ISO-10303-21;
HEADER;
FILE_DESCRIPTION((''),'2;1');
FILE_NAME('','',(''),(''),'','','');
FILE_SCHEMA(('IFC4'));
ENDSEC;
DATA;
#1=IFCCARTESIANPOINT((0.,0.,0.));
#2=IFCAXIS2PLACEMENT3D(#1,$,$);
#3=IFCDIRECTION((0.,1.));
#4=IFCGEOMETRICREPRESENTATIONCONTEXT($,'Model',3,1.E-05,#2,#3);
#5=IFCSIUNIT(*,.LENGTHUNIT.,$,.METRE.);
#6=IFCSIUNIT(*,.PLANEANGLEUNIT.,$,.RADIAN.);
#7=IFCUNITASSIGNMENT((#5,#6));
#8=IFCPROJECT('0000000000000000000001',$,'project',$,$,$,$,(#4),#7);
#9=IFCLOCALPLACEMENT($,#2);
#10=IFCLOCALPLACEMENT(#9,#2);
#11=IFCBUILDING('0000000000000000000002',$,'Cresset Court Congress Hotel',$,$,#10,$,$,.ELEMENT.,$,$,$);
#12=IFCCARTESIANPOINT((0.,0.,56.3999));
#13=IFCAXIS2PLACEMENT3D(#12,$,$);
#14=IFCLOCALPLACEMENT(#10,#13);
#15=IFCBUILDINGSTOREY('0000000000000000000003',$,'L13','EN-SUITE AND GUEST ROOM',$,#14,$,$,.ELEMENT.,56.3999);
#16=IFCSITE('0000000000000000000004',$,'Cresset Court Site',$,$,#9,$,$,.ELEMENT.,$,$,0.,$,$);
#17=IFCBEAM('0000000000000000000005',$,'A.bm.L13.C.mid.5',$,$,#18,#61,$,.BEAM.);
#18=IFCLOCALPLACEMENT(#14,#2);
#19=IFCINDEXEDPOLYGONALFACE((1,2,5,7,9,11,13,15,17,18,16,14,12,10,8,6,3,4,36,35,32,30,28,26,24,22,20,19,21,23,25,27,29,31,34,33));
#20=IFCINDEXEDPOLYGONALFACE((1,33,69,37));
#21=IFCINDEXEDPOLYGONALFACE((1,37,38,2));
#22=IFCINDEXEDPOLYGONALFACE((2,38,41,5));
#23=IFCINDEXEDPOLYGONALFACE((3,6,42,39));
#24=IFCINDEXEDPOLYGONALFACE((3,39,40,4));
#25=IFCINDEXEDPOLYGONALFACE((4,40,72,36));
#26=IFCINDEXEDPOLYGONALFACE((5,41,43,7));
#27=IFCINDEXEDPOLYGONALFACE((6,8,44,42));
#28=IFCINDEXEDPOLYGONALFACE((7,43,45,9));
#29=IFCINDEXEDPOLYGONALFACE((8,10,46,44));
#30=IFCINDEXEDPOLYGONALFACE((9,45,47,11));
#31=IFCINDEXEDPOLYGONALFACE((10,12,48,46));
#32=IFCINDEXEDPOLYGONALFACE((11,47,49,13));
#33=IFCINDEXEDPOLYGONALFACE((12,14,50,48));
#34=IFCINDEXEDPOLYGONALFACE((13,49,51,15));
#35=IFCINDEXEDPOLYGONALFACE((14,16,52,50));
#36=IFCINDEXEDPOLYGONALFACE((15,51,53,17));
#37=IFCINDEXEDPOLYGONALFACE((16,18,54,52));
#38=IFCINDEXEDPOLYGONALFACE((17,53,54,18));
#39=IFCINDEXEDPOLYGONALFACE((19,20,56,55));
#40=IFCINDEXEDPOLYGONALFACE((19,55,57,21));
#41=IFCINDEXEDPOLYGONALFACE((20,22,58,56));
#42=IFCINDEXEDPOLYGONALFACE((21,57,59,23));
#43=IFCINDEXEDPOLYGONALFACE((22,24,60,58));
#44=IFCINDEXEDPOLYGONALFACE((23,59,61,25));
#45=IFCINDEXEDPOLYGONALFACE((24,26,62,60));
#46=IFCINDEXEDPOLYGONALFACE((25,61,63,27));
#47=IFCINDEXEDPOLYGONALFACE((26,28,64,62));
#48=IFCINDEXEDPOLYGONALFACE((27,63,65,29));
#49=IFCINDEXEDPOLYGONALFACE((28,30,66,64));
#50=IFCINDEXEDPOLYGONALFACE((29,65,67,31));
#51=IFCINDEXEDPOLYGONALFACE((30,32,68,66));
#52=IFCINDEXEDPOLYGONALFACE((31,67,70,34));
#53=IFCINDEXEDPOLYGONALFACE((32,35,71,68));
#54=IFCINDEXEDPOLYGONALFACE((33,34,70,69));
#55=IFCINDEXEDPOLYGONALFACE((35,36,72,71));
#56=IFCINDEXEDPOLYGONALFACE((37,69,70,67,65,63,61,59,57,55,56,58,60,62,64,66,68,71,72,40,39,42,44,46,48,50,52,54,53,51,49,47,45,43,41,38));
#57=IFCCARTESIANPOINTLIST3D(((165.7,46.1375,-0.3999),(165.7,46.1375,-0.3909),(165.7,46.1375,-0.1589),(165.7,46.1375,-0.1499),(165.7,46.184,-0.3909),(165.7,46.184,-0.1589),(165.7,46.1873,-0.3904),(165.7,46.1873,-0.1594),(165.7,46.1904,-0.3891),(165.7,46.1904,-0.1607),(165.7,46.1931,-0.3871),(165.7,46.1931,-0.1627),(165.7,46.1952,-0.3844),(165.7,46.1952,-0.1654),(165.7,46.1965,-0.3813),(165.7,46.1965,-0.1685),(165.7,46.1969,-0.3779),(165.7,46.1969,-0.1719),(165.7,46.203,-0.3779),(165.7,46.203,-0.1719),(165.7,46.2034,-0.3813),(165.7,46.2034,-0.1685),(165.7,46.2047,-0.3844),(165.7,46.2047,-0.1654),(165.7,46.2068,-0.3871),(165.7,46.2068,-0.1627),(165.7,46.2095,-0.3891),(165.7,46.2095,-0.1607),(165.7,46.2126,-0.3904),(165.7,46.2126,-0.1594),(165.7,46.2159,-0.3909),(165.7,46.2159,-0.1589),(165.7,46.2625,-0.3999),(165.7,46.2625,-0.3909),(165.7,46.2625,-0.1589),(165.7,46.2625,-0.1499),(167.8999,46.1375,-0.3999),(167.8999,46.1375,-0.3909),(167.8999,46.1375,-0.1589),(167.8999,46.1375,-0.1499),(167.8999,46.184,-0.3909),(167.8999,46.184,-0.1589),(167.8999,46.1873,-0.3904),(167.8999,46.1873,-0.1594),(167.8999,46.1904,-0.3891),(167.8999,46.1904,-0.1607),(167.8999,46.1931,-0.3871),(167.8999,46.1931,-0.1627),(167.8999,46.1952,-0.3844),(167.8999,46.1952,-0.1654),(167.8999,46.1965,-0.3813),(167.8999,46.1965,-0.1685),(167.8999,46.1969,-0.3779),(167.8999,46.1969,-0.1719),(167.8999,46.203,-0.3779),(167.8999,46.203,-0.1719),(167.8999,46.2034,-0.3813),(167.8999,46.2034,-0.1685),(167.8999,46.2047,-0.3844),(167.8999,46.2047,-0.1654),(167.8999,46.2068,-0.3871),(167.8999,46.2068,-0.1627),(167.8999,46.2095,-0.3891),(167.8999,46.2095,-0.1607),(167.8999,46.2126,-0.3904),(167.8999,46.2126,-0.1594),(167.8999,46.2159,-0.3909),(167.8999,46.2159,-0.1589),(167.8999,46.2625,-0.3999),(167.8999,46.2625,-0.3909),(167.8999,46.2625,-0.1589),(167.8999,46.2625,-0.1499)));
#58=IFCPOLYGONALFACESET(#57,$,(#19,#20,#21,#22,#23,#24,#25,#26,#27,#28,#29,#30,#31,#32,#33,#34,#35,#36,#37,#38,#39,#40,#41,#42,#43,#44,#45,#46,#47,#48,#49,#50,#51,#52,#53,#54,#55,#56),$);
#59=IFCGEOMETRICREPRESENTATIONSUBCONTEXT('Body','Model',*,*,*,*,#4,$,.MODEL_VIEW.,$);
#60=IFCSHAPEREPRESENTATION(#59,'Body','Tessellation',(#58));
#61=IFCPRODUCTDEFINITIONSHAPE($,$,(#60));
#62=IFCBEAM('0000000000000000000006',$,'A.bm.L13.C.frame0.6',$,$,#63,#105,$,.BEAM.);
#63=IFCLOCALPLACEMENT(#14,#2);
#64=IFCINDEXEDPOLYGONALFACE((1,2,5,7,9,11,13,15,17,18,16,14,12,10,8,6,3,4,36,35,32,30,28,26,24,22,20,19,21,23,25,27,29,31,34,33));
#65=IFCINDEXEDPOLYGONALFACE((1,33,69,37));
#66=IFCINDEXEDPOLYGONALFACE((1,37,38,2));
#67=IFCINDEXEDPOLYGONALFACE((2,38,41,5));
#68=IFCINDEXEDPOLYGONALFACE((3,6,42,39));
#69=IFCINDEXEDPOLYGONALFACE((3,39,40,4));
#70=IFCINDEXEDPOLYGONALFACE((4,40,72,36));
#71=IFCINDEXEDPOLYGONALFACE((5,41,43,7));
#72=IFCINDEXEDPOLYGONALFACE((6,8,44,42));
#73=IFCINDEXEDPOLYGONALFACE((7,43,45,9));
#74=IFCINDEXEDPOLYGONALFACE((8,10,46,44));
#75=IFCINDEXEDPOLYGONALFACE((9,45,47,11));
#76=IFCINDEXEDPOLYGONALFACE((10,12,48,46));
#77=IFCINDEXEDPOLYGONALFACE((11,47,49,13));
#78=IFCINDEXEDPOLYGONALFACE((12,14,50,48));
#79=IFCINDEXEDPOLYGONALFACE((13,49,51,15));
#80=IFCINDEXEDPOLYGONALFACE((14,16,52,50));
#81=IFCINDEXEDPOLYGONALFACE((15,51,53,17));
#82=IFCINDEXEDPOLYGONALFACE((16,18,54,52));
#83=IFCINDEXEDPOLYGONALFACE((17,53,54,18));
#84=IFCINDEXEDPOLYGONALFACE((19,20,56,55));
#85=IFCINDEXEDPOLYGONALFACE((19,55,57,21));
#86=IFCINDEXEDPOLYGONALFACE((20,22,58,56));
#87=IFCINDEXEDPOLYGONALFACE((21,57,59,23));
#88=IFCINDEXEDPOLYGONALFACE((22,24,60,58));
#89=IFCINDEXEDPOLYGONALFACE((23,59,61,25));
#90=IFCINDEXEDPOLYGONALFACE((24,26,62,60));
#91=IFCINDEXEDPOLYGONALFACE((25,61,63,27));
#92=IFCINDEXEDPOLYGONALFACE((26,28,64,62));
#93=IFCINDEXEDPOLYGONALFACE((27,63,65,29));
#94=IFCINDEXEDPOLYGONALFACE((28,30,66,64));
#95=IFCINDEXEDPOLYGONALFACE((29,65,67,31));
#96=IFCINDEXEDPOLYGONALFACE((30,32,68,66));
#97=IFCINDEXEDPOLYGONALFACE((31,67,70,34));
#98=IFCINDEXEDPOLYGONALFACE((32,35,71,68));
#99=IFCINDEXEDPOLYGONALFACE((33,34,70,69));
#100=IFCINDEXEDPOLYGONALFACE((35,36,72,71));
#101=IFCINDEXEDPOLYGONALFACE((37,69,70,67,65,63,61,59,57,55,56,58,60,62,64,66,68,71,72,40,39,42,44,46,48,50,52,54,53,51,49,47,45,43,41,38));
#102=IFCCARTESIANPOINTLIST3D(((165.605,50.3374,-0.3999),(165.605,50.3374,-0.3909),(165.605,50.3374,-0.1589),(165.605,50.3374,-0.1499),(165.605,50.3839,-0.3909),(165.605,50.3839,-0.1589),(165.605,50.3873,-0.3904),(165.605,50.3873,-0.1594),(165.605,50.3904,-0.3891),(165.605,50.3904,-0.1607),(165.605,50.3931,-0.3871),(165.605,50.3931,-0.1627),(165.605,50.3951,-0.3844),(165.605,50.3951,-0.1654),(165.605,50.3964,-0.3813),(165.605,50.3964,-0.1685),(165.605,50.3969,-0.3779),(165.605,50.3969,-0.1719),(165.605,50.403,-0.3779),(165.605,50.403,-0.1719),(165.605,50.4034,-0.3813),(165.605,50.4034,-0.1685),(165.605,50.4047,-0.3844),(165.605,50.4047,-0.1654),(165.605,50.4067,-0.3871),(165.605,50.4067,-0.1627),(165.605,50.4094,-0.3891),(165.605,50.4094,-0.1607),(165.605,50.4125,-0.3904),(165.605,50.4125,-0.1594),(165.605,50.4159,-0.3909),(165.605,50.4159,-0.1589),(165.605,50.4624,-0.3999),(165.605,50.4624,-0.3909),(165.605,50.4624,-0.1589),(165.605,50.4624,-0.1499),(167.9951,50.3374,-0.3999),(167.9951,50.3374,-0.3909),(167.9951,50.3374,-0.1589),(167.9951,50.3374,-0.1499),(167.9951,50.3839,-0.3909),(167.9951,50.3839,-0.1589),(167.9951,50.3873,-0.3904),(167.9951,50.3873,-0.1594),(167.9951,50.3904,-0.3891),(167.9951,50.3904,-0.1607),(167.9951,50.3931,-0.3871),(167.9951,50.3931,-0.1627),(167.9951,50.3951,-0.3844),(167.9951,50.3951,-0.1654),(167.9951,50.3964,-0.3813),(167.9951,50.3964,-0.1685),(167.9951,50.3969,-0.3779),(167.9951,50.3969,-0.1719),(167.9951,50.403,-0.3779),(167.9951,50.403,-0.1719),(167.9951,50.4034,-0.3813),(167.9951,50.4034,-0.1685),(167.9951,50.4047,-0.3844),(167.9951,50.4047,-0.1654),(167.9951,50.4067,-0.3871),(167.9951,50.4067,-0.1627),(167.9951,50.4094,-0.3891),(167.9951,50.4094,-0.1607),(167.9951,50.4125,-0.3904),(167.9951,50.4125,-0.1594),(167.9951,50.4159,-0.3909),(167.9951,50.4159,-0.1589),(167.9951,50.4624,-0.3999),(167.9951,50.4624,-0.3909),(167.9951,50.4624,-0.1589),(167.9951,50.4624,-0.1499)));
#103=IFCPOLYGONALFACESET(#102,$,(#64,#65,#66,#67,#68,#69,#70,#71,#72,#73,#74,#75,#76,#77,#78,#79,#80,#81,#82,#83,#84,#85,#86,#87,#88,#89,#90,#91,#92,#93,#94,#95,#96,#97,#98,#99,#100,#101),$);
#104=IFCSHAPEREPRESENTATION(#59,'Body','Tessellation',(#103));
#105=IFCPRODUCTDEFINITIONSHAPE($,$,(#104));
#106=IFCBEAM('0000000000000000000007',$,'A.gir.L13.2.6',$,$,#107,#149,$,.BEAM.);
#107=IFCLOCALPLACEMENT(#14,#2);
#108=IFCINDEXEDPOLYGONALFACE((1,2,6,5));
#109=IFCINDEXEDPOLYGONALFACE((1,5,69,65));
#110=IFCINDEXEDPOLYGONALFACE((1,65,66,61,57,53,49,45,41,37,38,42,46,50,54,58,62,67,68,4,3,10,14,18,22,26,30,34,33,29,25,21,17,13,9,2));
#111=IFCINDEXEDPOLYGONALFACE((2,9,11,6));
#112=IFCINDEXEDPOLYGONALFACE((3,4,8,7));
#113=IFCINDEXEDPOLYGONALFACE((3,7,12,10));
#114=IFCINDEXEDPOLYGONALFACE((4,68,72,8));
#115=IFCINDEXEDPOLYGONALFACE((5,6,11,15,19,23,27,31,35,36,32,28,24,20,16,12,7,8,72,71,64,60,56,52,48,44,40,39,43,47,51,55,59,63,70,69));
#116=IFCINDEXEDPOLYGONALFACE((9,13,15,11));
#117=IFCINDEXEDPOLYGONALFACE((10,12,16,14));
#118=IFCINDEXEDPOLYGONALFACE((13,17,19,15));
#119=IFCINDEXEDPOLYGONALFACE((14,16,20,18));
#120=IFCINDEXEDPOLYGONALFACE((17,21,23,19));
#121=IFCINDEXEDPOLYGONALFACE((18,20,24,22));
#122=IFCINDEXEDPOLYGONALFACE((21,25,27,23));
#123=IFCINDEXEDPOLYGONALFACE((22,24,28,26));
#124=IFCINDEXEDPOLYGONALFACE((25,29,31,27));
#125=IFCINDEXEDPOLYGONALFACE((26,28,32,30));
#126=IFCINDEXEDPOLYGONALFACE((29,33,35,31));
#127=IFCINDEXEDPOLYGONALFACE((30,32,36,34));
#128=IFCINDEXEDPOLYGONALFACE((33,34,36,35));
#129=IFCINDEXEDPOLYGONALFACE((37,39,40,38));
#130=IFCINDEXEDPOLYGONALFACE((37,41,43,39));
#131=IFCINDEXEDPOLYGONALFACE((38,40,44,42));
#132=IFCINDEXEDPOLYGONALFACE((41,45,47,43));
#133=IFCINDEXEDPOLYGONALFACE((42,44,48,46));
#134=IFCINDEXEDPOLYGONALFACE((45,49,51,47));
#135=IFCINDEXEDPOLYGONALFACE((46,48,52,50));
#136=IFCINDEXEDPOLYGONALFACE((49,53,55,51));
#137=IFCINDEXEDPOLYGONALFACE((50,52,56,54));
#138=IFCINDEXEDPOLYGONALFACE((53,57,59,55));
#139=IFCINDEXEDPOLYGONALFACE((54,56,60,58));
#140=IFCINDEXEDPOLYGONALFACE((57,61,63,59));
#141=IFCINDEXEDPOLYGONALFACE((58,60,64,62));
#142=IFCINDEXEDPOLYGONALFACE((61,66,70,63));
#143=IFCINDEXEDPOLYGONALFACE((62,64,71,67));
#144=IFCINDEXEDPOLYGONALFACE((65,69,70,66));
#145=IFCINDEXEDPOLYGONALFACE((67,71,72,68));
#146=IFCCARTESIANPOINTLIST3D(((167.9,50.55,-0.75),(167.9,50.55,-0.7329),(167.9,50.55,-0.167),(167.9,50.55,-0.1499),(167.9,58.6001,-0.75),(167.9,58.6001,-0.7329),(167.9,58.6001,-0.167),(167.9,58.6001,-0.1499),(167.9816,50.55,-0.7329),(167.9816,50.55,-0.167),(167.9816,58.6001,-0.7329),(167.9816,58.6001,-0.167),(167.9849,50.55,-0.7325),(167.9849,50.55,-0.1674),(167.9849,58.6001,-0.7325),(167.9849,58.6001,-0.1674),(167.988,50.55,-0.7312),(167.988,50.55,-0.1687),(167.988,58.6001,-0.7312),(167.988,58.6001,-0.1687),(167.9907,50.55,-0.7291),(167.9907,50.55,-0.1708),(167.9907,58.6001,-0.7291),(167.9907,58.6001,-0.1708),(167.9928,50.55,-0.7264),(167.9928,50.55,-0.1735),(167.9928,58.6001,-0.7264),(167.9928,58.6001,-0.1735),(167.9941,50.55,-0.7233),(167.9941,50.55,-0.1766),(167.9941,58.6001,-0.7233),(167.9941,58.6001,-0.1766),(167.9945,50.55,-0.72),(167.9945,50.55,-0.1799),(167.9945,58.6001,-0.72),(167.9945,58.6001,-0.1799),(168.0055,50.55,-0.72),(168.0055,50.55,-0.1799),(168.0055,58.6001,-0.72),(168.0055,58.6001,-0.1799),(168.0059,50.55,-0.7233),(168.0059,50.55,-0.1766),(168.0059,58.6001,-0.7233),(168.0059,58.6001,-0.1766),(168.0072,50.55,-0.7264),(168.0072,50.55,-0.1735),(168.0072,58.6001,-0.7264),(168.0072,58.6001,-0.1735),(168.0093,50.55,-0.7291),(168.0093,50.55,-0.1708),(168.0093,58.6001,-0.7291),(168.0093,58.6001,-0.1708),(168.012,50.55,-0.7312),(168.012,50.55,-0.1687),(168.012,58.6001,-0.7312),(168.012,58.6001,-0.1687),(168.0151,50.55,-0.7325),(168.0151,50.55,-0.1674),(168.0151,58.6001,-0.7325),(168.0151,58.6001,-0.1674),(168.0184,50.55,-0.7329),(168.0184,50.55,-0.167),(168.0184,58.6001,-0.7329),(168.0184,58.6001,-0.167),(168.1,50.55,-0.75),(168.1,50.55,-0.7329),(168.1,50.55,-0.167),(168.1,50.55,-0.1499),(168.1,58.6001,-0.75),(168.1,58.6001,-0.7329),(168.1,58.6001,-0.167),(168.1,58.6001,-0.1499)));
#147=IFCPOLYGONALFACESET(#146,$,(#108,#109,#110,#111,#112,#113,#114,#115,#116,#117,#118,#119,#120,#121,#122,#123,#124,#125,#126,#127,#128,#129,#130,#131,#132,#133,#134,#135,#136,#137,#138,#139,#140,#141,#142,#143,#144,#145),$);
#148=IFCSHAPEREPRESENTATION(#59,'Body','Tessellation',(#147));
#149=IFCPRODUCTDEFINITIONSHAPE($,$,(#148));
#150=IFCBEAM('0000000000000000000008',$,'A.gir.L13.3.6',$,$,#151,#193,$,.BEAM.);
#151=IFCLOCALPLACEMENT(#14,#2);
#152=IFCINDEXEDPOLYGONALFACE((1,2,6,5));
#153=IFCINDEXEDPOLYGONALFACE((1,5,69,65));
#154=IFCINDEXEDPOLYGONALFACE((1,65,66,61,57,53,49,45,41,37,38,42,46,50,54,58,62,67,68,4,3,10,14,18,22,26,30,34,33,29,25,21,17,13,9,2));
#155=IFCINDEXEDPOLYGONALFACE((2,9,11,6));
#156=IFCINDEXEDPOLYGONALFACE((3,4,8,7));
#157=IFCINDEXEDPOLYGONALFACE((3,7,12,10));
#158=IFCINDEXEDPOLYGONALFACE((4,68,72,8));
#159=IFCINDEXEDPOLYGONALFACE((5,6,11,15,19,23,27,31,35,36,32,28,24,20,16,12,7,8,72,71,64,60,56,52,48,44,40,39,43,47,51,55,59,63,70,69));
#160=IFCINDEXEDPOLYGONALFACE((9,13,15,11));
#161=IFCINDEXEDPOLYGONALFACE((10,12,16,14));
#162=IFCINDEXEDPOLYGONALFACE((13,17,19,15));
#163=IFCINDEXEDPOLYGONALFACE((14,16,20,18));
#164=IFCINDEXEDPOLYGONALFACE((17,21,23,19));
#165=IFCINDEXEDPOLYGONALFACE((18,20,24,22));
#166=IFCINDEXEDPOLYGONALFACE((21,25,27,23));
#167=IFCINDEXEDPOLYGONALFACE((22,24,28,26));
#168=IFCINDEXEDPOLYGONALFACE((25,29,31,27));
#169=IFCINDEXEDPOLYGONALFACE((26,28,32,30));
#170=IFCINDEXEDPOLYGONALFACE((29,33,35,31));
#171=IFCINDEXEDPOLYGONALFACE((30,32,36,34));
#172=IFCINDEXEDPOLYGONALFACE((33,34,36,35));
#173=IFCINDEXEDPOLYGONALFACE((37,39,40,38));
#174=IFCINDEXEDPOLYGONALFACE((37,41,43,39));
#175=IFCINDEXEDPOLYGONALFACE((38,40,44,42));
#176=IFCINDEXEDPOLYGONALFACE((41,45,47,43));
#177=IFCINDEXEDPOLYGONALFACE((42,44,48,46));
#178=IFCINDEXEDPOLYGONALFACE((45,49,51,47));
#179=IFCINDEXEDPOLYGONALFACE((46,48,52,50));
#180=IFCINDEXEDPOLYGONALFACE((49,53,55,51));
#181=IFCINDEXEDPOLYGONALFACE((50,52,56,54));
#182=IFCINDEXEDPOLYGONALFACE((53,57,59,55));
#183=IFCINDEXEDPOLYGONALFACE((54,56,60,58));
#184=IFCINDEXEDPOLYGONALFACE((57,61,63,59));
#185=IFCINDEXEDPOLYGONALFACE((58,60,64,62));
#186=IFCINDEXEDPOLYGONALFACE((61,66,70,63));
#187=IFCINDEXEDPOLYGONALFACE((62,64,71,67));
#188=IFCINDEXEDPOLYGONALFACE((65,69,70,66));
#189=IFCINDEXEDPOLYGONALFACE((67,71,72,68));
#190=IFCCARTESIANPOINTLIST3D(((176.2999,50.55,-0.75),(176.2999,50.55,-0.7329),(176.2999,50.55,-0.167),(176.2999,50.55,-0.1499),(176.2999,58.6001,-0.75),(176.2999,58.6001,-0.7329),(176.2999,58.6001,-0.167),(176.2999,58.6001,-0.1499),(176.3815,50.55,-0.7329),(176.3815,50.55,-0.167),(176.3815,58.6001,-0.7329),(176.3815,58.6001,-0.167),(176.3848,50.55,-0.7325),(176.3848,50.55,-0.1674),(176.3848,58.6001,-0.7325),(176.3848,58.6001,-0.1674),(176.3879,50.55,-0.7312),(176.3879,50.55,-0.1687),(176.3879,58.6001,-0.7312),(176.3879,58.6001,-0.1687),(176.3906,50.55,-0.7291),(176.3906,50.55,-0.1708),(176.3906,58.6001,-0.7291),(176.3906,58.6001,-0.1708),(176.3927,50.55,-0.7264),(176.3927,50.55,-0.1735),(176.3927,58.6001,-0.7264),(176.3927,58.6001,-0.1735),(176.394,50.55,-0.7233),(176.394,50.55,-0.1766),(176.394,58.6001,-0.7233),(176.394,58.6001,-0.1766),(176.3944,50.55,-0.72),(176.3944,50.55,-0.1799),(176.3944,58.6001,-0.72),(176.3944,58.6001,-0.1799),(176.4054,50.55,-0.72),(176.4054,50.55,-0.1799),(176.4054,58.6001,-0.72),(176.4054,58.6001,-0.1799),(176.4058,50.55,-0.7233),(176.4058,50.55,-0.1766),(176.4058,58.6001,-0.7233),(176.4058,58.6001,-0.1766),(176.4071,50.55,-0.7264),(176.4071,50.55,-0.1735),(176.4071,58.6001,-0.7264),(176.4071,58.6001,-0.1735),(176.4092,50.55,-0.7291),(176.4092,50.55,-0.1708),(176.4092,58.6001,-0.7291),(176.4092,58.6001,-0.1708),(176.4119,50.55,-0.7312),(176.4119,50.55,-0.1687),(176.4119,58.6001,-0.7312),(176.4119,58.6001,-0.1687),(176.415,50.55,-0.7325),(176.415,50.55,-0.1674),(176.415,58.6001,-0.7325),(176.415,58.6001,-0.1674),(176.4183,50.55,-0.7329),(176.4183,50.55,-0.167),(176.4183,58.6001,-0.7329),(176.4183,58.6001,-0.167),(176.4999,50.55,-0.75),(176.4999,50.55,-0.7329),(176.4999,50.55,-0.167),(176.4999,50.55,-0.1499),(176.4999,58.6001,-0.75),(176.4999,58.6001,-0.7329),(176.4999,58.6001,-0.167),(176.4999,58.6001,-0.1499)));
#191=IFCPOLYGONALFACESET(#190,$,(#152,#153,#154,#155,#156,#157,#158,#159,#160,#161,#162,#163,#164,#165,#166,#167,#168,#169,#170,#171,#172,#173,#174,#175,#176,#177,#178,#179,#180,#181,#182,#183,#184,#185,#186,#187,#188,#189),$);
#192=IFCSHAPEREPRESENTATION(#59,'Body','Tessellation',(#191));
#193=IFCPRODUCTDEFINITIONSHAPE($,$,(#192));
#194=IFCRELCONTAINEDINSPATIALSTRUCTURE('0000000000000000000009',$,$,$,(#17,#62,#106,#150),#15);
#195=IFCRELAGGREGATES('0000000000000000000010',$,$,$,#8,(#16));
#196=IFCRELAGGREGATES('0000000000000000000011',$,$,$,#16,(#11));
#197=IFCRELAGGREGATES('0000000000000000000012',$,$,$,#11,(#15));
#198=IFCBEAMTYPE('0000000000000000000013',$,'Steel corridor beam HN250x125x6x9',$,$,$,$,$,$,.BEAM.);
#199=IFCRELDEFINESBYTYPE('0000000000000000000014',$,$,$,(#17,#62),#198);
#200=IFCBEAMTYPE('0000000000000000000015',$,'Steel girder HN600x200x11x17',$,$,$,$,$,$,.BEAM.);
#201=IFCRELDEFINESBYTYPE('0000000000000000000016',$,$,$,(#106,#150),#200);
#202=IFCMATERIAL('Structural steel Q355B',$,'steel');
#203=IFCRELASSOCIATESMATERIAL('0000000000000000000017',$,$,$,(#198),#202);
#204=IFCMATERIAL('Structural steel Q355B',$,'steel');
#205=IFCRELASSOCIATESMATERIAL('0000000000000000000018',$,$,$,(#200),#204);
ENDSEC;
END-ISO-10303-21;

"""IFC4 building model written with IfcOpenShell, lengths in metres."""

from ifc_helpers import new_model, si_unit, direction, frame, origin, origin_2d, place, context, subcontext, project, spatial, i_section, extrude, material, material_profile, profile_set, type_object, element, save


model = new_model("IFC4")

# Units and contexts
model_context = context("Model", 3, precision=1e-05, world=origin(), true_north=direction((0.0, 1.0)))
body_context = subcontext(model_context, "Body", "Model", "MODEL_VIEW")
ifc_project = project(units=[si_unit("LENGTHUNIT", "METRE"), si_unit("PLANEANGLEUNIT", "RADIAN")], contexts=[model_context])

# Site, building, storey
site_placement = place(None, origin())
site = spatial("IfcSite", under=ifc_project, at=site_placement, Name="Cresset Court Site", CompositionType="ELEMENT", RefElevation=0.0)
building_placement = place(site_placement, origin())
building = spatial("IfcBuilding", under=site, at=building_placement, Name="Cresset Court Congress Hotel", CompositionType="ELEMENT")
storey_placement = place(building_placement, frame((0.0, 0.0, 56.3999)))
storey = spatial("IfcBuildingStorey", under=building, at=storey_placement, Name="L13", Description="EN-SUITE AND GUEST ROOM", CompositionType="ELEMENT", Elevation=56.3999)

# Beams
ifc_material_1 = material(Name="Structural steel Q355B", Category="steel")
ifc_material_profile_1 = material_profile(ifc_material_1, i_section(OverallWidth=0.125, OverallDepth=0.25, WebThickness=0.0061, FlangeThickness=0.009, FilletRadius=0.0129, at=origin_2d()), Name="HN250x125x6x9")
ifc_profile_set_1 = profile_set([ifc_material_profile_1], Name="Structural steel Q355B")
beam_type_1 = type_object("IfcBeamType", Name="Steel corridor beam HN250x125x6x9", PredefinedType="BEAM", material=ifc_profile_set_1)
beam_1_placement = place(storey_placement, frame((165.7, 46.2, -0.2749), z_axis=(1.0, 0.0, 0.0), x_axis=(0.0, 1.0, 0.0)))
element("IfcBeam", 1, at=beam_1_placement, inside=storey, type_object=beam_type_1, Name="A.bm.L13.C.mid.5", PredefinedType="BEAM", context=body_context, shape_type="SweptSolid", body=[
    extrude(i_section(OverallWidth=0.125, OverallDepth=0.25, WebThickness=0.0061, FlangeThickness=0.009, FilletRadius=0.0129, at=origin_2d()), origin(), (0.0, 0.0, 1.0), 2.2),
])
beam_2_placement = place(storey_placement, frame((165.605, 50.3999, -0.2749), z_axis=(1.0, 0.0, 0.0), x_axis=(0.0, 1.0, 0.0)))
element("IfcBeam", 2, at=beam_2_placement, inside=storey, type_object=beam_type_1, Name="A.bm.L13.C.frame0.6", PredefinedType="BEAM", context=body_context, shape_type="SweptSolid", body=[
    extrude(i_section(OverallWidth=0.125, OverallDepth=0.25, WebThickness=0.0061, FlangeThickness=0.009, FilletRadius=0.0129, at=origin_2d()), origin(), (0.0, 0.0, 1.0), 2.3901),
])
ifc_material_2 = material(Name="Structural steel Q355B", Category="steel")
ifc_material_profile_2 = material_profile(ifc_material_2, i_section(OverallWidth=0.2, OverallDepth=0.6001, WebThickness=0.011, FlangeThickness=0.0171, FilletRadius=0.0129, at=origin_2d()), Name="HN600x200x11x17")
ifc_profile_set_2 = profile_set([ifc_material_profile_2], Name="Structural steel Q355B")
beam_type_2 = type_object("IfcBeamType", Name="Steel girder HN600x200x11x17", PredefinedType="BEAM", material=ifc_profile_set_2)
for number, where, z_axis, x_axis, name in (
    (3, (168.0, 50.55, -0.45), (0.0, 1.0, 0.0), (-1.0, 0.0, 0.0), "A.gir.L13.2.6"),
    (4, (176.3999, 50.55, -0.45), (0.0, 1.0, 0.0), (-1.0, 0.0, 0.0), "A.gir.L13.3.6"),
):
    element("IfcBeam", number, at=place(storey_placement, frame(where, z_axis=z_axis, x_axis=x_axis)), inside=storey, type_object=beam_type_2, Name=name, PredefinedType="BEAM", context=body_context, shape_type="SweptSolid", body=[
        extrude(i_section(OverallWidth=0.2, OverallDepth=0.6001, WebThickness=0.011, FlangeThickness=0.0171, FilletRadius=0.0129, at=origin_2d()), origin(), (0.0, 0.0, 1.0), 8.05),
    ])

save(model, "model.ifc")
